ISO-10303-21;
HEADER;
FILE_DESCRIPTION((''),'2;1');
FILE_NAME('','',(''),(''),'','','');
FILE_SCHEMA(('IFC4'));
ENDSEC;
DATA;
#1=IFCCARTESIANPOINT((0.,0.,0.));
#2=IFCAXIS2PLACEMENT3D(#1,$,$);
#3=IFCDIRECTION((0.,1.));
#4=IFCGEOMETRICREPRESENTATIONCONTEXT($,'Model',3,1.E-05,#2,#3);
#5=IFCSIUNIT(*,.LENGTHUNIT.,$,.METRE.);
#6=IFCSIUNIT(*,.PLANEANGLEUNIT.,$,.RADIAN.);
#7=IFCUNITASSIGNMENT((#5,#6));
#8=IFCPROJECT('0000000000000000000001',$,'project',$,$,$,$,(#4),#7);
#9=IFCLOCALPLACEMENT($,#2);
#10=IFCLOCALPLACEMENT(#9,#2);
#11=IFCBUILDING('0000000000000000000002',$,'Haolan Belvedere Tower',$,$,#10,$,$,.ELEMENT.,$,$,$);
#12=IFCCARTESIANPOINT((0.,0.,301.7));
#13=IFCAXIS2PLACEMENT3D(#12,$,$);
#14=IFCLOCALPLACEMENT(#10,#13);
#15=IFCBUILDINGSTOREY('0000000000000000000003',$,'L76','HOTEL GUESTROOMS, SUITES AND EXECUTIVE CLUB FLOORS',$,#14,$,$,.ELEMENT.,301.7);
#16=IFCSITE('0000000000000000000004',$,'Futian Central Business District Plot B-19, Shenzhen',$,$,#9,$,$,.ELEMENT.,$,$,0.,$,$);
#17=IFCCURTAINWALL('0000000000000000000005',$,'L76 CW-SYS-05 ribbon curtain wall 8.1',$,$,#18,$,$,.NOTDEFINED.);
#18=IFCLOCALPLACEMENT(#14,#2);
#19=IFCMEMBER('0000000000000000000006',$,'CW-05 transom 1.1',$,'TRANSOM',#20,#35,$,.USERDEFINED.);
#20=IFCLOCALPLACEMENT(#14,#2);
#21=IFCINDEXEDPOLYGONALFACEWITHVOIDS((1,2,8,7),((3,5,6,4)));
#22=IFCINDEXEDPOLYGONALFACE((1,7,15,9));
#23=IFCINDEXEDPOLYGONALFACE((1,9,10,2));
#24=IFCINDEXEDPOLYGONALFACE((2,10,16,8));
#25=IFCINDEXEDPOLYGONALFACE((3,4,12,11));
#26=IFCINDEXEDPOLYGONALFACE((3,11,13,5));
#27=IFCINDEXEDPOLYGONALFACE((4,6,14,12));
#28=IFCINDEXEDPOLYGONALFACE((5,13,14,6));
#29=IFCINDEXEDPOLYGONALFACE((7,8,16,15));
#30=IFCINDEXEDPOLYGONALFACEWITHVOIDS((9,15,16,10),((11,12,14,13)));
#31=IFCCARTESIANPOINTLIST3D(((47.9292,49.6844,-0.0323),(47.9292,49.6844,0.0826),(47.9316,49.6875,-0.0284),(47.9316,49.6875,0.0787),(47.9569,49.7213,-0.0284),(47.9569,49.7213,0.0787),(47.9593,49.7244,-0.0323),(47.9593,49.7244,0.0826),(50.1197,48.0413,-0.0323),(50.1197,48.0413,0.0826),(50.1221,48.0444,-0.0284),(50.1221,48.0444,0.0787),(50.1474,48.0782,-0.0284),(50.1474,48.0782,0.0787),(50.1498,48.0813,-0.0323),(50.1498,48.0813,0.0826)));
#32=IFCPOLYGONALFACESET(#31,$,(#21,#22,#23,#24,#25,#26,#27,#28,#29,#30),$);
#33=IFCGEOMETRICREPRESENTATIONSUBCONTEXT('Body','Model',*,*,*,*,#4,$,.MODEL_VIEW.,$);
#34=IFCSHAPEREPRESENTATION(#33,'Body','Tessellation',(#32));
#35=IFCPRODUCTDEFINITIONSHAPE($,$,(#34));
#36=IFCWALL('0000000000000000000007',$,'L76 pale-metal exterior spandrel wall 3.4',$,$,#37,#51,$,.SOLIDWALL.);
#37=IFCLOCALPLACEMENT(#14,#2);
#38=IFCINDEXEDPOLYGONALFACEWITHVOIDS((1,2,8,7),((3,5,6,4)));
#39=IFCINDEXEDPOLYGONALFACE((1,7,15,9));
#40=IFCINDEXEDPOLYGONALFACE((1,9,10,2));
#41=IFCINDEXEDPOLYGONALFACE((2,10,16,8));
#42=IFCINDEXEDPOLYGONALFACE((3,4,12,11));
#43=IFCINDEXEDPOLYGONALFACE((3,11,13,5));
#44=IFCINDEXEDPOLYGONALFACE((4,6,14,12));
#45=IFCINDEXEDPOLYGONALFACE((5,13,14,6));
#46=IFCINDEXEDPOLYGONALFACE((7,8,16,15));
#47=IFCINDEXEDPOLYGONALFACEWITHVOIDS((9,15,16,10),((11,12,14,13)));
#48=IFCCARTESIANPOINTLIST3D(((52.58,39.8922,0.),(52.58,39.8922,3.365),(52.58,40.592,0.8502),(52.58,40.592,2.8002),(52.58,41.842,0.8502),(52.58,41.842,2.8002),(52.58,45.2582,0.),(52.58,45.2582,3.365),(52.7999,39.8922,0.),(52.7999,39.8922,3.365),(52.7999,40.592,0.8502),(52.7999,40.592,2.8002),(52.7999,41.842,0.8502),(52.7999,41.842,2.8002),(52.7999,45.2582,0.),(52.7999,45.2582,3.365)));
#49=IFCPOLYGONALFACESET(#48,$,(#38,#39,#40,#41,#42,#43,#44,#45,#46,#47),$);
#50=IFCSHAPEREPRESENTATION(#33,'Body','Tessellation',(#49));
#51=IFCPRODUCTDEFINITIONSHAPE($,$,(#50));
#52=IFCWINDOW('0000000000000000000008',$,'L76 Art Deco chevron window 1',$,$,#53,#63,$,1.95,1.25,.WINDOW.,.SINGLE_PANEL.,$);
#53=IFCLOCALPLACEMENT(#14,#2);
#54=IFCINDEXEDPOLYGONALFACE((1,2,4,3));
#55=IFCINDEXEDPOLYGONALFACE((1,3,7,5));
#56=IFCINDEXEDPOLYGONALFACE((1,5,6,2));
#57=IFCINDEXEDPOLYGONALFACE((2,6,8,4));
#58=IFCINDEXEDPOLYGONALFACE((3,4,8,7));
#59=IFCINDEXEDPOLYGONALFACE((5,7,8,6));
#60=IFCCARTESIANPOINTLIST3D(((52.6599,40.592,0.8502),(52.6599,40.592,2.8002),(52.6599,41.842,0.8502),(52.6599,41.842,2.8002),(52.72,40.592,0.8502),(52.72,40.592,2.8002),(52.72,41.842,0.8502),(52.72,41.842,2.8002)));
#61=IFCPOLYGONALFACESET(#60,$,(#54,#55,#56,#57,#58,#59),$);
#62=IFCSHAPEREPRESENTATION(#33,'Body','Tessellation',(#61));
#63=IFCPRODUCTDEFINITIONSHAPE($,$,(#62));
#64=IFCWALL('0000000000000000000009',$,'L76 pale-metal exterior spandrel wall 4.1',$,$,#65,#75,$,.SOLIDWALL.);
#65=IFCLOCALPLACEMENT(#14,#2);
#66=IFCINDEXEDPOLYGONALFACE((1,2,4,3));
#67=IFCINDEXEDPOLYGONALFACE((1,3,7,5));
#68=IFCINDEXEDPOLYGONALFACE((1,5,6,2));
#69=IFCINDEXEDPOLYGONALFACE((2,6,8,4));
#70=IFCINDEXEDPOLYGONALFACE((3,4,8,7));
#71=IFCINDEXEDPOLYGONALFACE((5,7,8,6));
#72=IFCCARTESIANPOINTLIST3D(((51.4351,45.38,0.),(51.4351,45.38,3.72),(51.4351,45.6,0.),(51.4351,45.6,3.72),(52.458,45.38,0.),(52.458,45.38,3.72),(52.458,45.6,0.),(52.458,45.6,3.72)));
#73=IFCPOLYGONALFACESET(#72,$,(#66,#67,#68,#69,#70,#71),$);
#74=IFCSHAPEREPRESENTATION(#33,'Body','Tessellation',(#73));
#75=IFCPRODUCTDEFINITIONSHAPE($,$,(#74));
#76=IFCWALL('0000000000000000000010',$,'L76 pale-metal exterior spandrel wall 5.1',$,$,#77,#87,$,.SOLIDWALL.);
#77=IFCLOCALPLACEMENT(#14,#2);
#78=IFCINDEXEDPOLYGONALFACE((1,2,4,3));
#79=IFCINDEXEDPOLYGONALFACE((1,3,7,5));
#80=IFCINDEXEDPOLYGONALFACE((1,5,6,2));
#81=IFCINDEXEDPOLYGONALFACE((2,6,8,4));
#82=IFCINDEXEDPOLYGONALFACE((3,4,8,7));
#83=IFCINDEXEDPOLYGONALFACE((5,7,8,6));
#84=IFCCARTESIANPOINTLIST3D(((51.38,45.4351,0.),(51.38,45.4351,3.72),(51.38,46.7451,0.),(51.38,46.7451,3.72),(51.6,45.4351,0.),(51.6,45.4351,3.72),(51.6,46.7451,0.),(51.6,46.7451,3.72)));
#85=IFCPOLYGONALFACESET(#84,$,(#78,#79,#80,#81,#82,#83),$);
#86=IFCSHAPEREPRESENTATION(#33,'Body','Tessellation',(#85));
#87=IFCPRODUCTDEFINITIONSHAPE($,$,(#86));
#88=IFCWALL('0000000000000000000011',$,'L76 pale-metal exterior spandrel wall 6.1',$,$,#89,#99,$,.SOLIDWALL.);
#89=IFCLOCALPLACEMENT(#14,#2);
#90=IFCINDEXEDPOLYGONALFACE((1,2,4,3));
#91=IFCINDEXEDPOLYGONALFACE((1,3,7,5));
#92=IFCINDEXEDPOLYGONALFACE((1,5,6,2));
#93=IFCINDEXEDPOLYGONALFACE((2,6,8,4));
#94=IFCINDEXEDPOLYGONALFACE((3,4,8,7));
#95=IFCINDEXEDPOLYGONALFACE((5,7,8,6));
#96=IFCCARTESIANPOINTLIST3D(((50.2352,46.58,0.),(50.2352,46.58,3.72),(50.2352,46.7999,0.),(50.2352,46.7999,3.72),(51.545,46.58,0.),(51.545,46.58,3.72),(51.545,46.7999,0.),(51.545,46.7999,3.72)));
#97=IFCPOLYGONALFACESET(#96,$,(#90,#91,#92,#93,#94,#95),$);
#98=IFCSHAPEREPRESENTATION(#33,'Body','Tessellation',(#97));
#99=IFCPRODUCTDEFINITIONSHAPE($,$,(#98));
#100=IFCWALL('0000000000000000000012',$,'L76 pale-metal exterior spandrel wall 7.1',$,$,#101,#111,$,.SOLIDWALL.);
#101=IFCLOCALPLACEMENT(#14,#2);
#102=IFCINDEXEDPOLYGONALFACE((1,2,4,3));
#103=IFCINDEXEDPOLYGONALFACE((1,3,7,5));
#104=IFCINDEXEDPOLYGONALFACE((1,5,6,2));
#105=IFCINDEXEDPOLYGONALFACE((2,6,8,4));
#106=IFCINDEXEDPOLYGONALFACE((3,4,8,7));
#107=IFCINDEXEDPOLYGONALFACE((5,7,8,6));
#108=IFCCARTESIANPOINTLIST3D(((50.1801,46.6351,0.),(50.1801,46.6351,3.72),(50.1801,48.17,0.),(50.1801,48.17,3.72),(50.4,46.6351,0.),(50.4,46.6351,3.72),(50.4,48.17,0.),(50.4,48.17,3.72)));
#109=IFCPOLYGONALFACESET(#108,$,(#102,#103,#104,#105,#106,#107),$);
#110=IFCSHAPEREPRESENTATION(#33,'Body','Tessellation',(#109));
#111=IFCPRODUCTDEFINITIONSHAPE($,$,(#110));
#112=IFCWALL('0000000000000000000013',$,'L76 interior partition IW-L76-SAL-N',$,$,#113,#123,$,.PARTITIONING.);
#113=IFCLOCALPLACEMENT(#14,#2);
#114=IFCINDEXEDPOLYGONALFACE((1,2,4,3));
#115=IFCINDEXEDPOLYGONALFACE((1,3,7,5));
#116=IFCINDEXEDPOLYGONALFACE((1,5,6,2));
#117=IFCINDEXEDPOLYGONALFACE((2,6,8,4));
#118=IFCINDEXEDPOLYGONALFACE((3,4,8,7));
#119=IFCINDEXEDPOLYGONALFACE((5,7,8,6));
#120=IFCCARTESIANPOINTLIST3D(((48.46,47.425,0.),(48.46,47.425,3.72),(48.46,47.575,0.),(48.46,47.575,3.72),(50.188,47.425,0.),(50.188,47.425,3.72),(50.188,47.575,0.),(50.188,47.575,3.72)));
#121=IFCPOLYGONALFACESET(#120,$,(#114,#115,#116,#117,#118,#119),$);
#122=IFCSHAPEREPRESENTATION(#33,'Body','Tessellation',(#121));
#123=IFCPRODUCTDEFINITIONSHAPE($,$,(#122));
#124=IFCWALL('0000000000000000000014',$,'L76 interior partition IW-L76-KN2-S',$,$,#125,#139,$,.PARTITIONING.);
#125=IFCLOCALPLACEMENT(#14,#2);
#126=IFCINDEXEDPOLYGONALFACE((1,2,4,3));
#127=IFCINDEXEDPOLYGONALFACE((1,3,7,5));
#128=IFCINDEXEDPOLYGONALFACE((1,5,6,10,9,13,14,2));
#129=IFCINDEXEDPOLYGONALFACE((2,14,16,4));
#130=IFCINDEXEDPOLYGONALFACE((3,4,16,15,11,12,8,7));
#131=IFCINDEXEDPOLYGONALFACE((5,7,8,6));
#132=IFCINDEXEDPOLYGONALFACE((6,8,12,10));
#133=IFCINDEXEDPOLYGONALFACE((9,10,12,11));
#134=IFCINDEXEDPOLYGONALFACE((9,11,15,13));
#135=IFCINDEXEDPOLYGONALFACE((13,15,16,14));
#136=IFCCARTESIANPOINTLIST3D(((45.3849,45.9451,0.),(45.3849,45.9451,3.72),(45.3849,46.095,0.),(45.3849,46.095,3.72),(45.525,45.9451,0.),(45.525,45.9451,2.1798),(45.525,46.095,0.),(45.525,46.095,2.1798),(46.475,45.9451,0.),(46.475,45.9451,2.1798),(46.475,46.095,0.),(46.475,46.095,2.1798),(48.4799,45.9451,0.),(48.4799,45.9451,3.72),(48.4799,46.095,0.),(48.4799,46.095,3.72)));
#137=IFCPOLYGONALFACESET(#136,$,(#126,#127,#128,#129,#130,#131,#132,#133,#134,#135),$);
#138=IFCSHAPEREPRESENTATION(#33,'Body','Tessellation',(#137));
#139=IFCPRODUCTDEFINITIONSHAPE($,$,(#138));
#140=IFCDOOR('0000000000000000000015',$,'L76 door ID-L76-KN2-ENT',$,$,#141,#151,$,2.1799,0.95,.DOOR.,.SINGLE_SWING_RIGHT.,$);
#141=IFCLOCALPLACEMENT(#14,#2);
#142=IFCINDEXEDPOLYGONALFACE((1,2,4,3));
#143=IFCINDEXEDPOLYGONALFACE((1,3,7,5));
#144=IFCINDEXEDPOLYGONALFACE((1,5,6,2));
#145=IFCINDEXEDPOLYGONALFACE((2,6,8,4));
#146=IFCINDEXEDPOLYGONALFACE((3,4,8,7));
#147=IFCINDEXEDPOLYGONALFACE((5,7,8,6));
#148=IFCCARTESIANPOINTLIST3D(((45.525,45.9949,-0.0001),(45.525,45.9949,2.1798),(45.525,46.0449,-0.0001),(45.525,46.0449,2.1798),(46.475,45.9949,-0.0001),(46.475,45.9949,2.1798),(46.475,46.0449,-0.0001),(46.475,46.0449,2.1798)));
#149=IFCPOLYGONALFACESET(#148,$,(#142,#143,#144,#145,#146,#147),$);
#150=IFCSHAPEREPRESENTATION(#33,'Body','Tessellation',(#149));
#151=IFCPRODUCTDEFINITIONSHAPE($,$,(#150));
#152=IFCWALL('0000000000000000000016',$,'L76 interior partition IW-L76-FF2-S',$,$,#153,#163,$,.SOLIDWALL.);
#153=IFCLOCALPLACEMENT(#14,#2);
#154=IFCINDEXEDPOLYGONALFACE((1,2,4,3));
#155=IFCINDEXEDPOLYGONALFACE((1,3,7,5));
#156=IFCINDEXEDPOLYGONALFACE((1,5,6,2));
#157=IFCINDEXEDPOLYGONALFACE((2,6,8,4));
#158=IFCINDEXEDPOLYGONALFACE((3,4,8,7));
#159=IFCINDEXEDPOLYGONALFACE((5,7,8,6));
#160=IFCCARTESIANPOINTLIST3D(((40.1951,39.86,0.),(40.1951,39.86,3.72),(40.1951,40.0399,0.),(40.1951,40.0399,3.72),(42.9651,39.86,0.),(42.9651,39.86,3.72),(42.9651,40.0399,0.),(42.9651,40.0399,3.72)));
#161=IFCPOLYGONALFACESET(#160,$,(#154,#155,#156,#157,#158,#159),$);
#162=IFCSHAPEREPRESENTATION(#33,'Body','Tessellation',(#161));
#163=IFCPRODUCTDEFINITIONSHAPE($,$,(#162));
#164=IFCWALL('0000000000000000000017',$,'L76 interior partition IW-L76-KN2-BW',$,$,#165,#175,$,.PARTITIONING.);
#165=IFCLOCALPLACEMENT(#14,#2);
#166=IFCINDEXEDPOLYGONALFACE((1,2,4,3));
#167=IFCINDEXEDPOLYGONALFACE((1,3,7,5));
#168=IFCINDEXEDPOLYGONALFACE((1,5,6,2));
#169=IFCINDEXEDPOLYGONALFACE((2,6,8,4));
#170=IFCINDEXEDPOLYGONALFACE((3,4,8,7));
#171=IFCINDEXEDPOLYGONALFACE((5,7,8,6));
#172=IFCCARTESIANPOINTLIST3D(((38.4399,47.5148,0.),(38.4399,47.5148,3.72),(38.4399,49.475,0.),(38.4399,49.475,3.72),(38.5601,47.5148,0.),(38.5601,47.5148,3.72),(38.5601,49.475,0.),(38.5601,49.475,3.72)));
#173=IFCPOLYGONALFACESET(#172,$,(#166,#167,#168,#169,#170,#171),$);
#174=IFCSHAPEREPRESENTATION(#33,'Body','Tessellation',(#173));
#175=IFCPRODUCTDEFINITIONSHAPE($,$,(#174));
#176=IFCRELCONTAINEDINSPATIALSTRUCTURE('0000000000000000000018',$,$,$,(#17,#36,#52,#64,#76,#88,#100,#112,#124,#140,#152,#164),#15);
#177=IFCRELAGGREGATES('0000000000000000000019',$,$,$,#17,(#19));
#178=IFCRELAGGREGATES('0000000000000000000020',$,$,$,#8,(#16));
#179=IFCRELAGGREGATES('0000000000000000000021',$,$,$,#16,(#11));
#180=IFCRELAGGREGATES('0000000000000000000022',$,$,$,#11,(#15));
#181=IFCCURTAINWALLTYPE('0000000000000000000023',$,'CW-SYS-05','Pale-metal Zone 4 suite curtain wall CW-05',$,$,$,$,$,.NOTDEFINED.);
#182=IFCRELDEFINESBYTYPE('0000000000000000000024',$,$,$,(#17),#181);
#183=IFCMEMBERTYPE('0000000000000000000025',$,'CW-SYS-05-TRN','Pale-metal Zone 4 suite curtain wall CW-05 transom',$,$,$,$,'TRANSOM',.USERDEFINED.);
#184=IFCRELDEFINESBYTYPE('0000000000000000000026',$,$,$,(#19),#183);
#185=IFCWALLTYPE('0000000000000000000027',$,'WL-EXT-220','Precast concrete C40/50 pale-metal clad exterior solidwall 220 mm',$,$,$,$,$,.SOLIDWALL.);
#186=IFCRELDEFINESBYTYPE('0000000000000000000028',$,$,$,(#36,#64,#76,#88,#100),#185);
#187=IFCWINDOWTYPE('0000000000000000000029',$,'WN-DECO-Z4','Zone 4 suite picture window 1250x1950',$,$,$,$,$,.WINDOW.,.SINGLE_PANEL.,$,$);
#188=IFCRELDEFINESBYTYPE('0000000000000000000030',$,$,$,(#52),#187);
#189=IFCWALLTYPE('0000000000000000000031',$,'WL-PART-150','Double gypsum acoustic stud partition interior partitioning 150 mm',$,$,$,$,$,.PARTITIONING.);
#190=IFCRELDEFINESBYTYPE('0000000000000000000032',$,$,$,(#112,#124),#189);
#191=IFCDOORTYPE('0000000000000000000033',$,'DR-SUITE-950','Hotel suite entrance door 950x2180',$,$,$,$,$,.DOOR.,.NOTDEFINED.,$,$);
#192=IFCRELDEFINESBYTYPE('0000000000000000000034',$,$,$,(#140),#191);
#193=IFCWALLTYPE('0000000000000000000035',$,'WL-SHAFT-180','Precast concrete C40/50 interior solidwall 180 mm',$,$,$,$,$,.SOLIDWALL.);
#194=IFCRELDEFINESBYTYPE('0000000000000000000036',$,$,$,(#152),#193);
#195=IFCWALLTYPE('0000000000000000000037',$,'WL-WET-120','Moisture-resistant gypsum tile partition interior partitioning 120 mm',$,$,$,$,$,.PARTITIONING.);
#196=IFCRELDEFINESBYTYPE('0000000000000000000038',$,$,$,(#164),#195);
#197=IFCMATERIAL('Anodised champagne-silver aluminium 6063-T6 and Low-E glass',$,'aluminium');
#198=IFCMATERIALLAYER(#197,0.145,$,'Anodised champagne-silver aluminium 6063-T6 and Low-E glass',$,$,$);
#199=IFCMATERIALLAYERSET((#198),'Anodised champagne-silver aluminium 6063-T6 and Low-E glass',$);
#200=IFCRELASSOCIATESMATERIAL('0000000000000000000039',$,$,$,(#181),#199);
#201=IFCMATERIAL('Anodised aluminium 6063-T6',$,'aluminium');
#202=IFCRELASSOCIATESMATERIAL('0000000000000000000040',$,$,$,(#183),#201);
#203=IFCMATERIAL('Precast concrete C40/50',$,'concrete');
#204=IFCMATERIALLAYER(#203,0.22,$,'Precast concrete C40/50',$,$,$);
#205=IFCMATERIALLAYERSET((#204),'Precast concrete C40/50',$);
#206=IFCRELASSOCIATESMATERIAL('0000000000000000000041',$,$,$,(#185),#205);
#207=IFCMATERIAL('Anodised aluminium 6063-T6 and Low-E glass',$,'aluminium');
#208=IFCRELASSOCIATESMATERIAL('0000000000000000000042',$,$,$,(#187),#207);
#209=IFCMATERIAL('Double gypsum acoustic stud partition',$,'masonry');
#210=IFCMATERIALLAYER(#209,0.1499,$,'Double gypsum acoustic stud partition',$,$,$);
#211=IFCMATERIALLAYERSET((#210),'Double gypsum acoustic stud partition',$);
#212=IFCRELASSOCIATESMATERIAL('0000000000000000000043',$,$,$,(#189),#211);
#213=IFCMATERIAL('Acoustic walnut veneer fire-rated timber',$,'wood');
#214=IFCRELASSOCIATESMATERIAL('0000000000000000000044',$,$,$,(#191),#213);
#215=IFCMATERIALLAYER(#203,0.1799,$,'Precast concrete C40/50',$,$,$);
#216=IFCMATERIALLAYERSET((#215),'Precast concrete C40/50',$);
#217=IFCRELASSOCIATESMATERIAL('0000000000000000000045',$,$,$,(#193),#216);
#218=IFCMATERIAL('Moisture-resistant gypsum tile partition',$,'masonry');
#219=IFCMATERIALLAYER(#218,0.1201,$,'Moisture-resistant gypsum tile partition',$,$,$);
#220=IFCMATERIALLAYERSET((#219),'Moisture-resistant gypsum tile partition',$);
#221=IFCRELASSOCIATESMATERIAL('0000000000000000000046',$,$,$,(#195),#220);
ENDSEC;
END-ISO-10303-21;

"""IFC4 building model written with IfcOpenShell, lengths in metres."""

from ifc_helpers import new_model, si_unit, direction, frame, frame_2d, origin, origin_2d, place, context, subcontext, project, spatial, rectangle, hollow_rectangle, extrude, material, layer, layer_set, material_profile, profile_set, type_object, element, fill, aggregate, save


model = new_model("IFC4")

# Units and contexts
model_context = context("Model", 3, precision=1e-05, world=origin(), true_north=direction((0.0, 1.0)))
body_context = subcontext(model_context, "Body", "Model", "MODEL_VIEW")
ifc_project = project(units=[si_unit("LENGTHUNIT", "METRE"), si_unit("PLANEANGLEUNIT", "RADIAN")], contexts=[model_context])

# Site, building, storey
site_placement = place(None, origin())
site = spatial("IfcSite", under=ifc_project, at=site_placement, Name="Futian Central Business District Plot B-19, Shenzhen", CompositionType="ELEMENT", RefElevation=0.0)
building_placement = place(site_placement, origin())
building = spatial("IfcBuilding", under=site, at=building_placement, Name="Haolan Belvedere Tower", CompositionType="ELEMENT")
storey_placement = place(building_placement, frame((0.0, 0.0, 301.7)))
storey = spatial("IfcBuildingStorey", under=building, at=storey_placement, Name="L76", Description="HOTEL GUESTROOMS, SUITES AND EXECUTIVE CLUB FLOORS", CompositionType="ELEMENT", Elevation=301.7)

# Curtain wall, member
ifc_material_1 = material(Name="Anodised champagne-silver aluminium 6063-T6 and Low-E glass", Category="aluminium")
ifc_layer_1 = layer(ifc_material_1, 0.145, Name="Anodised champagne-silver aluminium 6063-T6 and Low-E glass")
ifc_layer_set_1 = layer_set([ifc_layer_1], Name="Anodised champagne-silver aluminium 6063-T6 and Low-E glass")
curtain_wall_type = type_object("IfcCurtainWallType", Name="CW-SYS-05", Description="Pale-metal Zone 4 suite curtain wall CW-05", PredefinedType="NOTDEFINED", material=ifc_layer_set_1)
curtain_wall_placement = place(storey_placement, origin())
curtain_wall = element("IfcCurtainWall", 1, at=curtain_wall_placement, inside=storey, type_object=curtain_wall_type, Name="L76 CW-SYS-05 ribbon curtain wall 8.1", PredefinedType="NOTDEFINED")
ifc_material_2 = material(Name="Anodised aluminium 6063-T6", Category="aluminium")
ifc_material_profile_1 = material_profile(ifc_material_2, hollow_rectangle(XDim=0.05, YDim=0.115, WallThickness=0.0039, at=origin_2d()), Name="Anodised aluminium 6063-T6")
ifc_profile_set_1 = profile_set([ifc_material_profile_1], Name="Anodised aluminium 6063-T6")
member_type_1 = type_object("IfcMemberType", Name="CW-SYS-05-TRN", Description="Pale-metal Zone 4 suite curtain wall CW-05 transom", ElementType="TRANSOM", PredefinedType="USERDEFINED", material=ifc_profile_set_1)
member_1_placement = place(storey_placement, frame((50.1348, 48.0613, 0.0251), z_axis=(-0.799957, 0.600057, 0.0), x_axis=(-0.600057, -0.799957, 0.0)))
member_1 = element("IfcMember", 2, at=member_1_placement, type_object=member_type_1, Name="CW-05 transom 1.1", ObjectType="TRANSOM", PredefinedType="USERDEFINED", context=body_context, shape_type="SweptSolid", body=[
    extrude(hollow_rectangle(XDim=0.05, YDim=0.115, WallThickness=0.0039, at=origin_2d()), origin(), (0.0, 0.0, 1.0), 2.7383),
])
aggregate(curtain_wall, [member_1])

# Wall, opening, window
ifc_material_3 = material(Name="Precast concrete C40/50", Category="concrete")
ifc_layer_2 = layer(ifc_material_3, 0.22, Name="Precast concrete C40/50")
ifc_layer_set_2 = layer_set([ifc_layer_2], Name="Precast concrete C40/50")
wall_type_1 = type_object("IfcWallType", Name="WL-EXT-220", Description="Precast concrete C40/50 pale-metal clad exterior solidwall 220 mm", PredefinedType="SOLIDWALL", material=ifc_layer_set_2)
wall_1_placement = place(storey_placement, frame((52.6899, 39.8921, 0.0), z_axis=(0.0, 0.0, 1.0), x_axis=(0.0, 1.0, 0.0)))
wall_1 = element("IfcWall", 3, at=wall_1_placement, inside=storey, type_object=wall_type_1, Name="L76 pale-metal exterior spandrel wall 3.4", PredefinedType="SOLIDWALL", context=body_context, shape_type="SweptSolid", body=[
    extrude(rectangle(XDim=5.366, YDim=0.22, at=frame_2d((2.6831, 0.0))), origin(), (0.0, 0.0, 1.0), 3.365),
])
opening_1_placement = place(wall_1_placement, frame((0.7, 0.0, 0.8501)))
opening_1 = element("IfcOpeningElement", 4, at=opening_1_placement, cuts=wall_1, PredefinedType="OPENING", context=body_context, shape_type="SweptSolid", body=[
    extrude(rectangle(XDim=1.25, YDim=1.95, at=frame_2d((0.625, 0.9751))), frame((0.0, 0.1199, 0.0), z_axis=(0.0, -1.0, 0.0), x_axis=(1.0, 0.0, 0.0)), (0.0, 0.0, 1.0), 0.24),
])
ifc_material_4 = material(Name="Anodised aluminium 6063-T6 and Low-E glass", Category="aluminium")
window_type = type_object("IfcWindowType", Name="WN-DECO-Z4", Description="Zone 4 suite picture window 1250x1950", PartitioningType="SINGLE_PANEL", PredefinedType="WINDOW", material=ifc_material_4)
window_placement = place(opening_1_placement, origin())
window = element("IfcWindow", 5, at=window_placement, inside=storey, type_object=window_type, Name="L76 Art Deco chevron window 1", OverallHeight=1.95, OverallWidth=1.25, PartitioningType="SINGLE_PANEL", PredefinedType="WINDOW", context=body_context, shape_type="SweptSolid", body=[
    extrude(rectangle(XDim=1.25, YDim=1.95, at=frame_2d((0.625, 0.9751))), frame((0.0, 0.03, 0.0), z_axis=(0.0, -1.0, 0.0), x_axis=(1.0, 0.0, 0.0)), (0.0, 0.0, 1.0), 0.0601),
])
fill(opening_1, window)

# Walls
wall_2_placement = place(storey_placement, frame((52.458, 45.49, 0.0), z_axis=(0.0, 0.0, 1.0), x_axis=(-1.0, 0.0, 0.0)))
element("IfcWall", 6, at=wall_2_placement, inside=storey, type_object=wall_type_1, Name="L76 pale-metal exterior spandrel wall 4.1", PredefinedType="SOLIDWALL", context=body_context, shape_type="SweptSolid", body=[
    extrude(rectangle(XDim=1.0229, YDim=0.22, at=frame_2d((0.5115, 0.0))), origin(), (0.0, 0.0, 1.0), 3.72),
])
wall_3_placement = place(storey_placement, frame((51.49, 45.4351, 0.0), z_axis=(0.0, 0.0, 1.0), x_axis=(0.0, 1.0, 0.0)))
element("IfcWall", 7, at=wall_3_placement, inside=storey, type_object=wall_type_1, Name="L76 pale-metal exterior spandrel wall 5.1", PredefinedType="SOLIDWALL", context=body_context, shape_type="SweptSolid", body=[
    extrude(rectangle(XDim=1.3101, YDim=0.22, at=frame_2d((0.655, 0.0))), origin(), (0.0, 0.0, 1.0), 3.72),
])
wall_4_placement = place(storey_placement, frame((51.5449, 46.6899, 0.0), z_axis=(0.0, 0.0, 1.0), x_axis=(-1.0, 0.0, 0.0)))
element("IfcWall", 8, at=wall_4_placement, inside=storey, type_object=wall_type_1, Name="L76 pale-metal exterior spandrel wall 6.1", PredefinedType="SOLIDWALL", context=body_context, shape_type="SweptSolid", body=[
    extrude(rectangle(XDim=1.3098, YDim=0.22, at=frame_2d((0.6548, 0.0))), origin(), (0.0, 0.0, 1.0), 3.72),
])
wall_5_placement = place(storey_placement, frame((50.29, 46.635, 0.0), z_axis=(0.0, 0.0, 1.0), x_axis=(0.0, 1.0, 0.0)))
element("IfcWall", 9, at=wall_5_placement, inside=storey, type_object=wall_type_1, Name="L76 pale-metal exterior spandrel wall 7.1", PredefinedType="SOLIDWALL", context=body_context, shape_type="SweptSolid", body=[
    extrude(rectangle(XDim=1.5349, YDim=0.22, at=frame_2d((0.7676, 0.0))), origin(), (0.0, 0.0, 1.0), 3.72),
])

# Wall
ifc_material_5 = material(Name="Double gypsum acoustic stud partition", Category="masonry")
ifc_layer_3 = layer(ifc_material_5, 0.1499, Name="Double gypsum acoustic stud partition")
ifc_layer_set_3 = layer_set([ifc_layer_3], Name="Double gypsum acoustic stud partition")
wall_type_2 = type_object("IfcWallType", Name="WL-PART-150", Description="Double gypsum acoustic stud partition interior partitioning 150 mm", PredefinedType="PARTITIONING", material=ifc_layer_set_3)
wall_6_placement = place(storey_placement, frame((48.46, 47.5, 0.0), z_axis=(0.0, 0.0, 1.0), x_axis=(1.0, 0.0, 0.0)))
element("IfcWall", 10, at=wall_6_placement, inside=storey, type_object=wall_type_2, Name="L76 interior partition IW-L76-SAL-N", PredefinedType="PARTITIONING", context=body_context, shape_type="SweptSolid", body=[
    extrude(rectangle(XDim=1.728, YDim=0.1499, at=frame_2d((0.864, 0.0))), origin(), (0.0, 0.0, 1.0), 3.72),
])

# Wall, opening, door
wall_7_placement = place(storey_placement, frame((45.385, 46.02, 0.0), z_axis=(0.0, 0.0, 1.0), x_axis=(1.0, 0.0, 0.0)))
wall_7 = element("IfcWall", 11, at=wall_7_placement, inside=storey, type_object=wall_type_2, Name="L76 interior partition IW-L76-KN2-S", PredefinedType="PARTITIONING", context=body_context, shape_type="SweptSolid", body=[
    extrude(rectangle(XDim=3.095, YDim=0.1499, at=frame_2d((1.5474, 0.0))), origin(), (0.0, 0.0, 1.0), 3.72),
])
opening_2_placement = place(wall_7_placement, frame((0.1399, 0.0, 0.0)))
opening_2 = element("IfcOpeningElement", 12, at=opening_2_placement, cuts=wall_7, PredefinedType="OPENING", context=body_context, shape_type="SweptSolid", body=[
    extrude(rectangle(XDim=0.95, YDim=2.1799, at=frame_2d((0.4751, 1.0898))), frame((0.0, 0.085, 0.0), z_axis=(0.0, -1.0, 0.0), x_axis=(1.0, 0.0, 0.0)), (0.0, 0.0, 1.0), 0.1699),
])
ifc_material_6 = material(Name="Acoustic walnut veneer fire-rated timber", Category="wood")
door_type_1 = type_object("IfcDoorType", Name="DR-SUITE-950", Description="Hotel suite entrance door 950x2180", OperationType="NOTDEFINED", PredefinedType="DOOR", material=ifc_material_6)
door_1_placement = place(opening_2_placement, origin())
door_1 = element("IfcDoor", 13, at=door_1_placement, inside=storey, type_object=door_type_1, Name="L76 door ID-L76-KN2-ENT", OperationType="SINGLE_SWING_RIGHT", OverallHeight=2.1799, OverallWidth=0.95, PredefinedType="DOOR", context=body_context, shape_type="SweptSolid", body=[
    extrude(rectangle(XDim=0.95, YDim=2.1799, at=frame_2d((0.4751, 1.0898))), frame((0.0, 0.0249, 0.0), z_axis=(0.0, -1.0, 0.0), x_axis=(1.0, 0.0, 0.0)), (0.0, 0.0, 1.0), 0.05),
])
fill(opening_2, door_1)

# Walls
ifc_layer_4 = layer(ifc_material_3, 0.1799, Name="Precast concrete C40/50")
ifc_layer_set_4 = layer_set([ifc_layer_4], Name="Precast concrete C40/50")
wall_type_3 = type_object("IfcWallType", Name="WL-SHAFT-180", Description="Precast concrete C40/50 interior solidwall 180 mm", PredefinedType="SOLIDWALL", material=ifc_layer_set_4)
wall_8_placement = place(storey_placement, frame((40.1951, 39.95, 0.0), z_axis=(0.0, 0.0, 1.0), x_axis=(1.0, 0.0, 0.0)))
element("IfcWall", 14, at=wall_8_placement, inside=storey, type_object=wall_type_3, Name="L76 interior partition IW-L76-FF2-S", PredefinedType="SOLIDWALL", context=body_context, shape_type="SweptSolid", body=[
    extrude(rectangle(XDim=2.77, YDim=0.1799, at=frame_2d((1.385, 0.0))), origin(), (0.0, 0.0, 1.0), 3.72),
])
ifc_material_7 = material(Name="Moisture-resistant gypsum tile partition", Category="masonry")
ifc_layer_5 = layer(ifc_material_7, 0.1201, Name="Moisture-resistant gypsum tile partition")
ifc_layer_set_5 = layer_set([ifc_layer_5], Name="Moisture-resistant gypsum tile partition")
wall_type_4 = type_object("IfcWallType", Name="WL-WET-120", Description="Moisture-resistant gypsum tile partition interior partitioning 120 mm", PredefinedType="PARTITIONING", material=ifc_layer_set_5)
wall_9_placement = place(storey_placement, frame((38.5, 47.5149, 0.0), z_axis=(0.0, 0.0, 1.0), x_axis=(0.0, 1.0, 0.0)))
element("IfcWall", 15, at=wall_9_placement, inside=storey, type_object=wall_type_4, Name="L76 interior partition IW-L76-KN2-BW", PredefinedType="PARTITIONING", context=body_context, shape_type="SweptSolid", body=[
    extrude(rectangle(XDim=1.9602, YDim=0.1201, at=frame_2d((0.98, 0.0))), origin(), (0.0, 0.0, 1.0), 3.72),
])

save(model, "model.ifc")
